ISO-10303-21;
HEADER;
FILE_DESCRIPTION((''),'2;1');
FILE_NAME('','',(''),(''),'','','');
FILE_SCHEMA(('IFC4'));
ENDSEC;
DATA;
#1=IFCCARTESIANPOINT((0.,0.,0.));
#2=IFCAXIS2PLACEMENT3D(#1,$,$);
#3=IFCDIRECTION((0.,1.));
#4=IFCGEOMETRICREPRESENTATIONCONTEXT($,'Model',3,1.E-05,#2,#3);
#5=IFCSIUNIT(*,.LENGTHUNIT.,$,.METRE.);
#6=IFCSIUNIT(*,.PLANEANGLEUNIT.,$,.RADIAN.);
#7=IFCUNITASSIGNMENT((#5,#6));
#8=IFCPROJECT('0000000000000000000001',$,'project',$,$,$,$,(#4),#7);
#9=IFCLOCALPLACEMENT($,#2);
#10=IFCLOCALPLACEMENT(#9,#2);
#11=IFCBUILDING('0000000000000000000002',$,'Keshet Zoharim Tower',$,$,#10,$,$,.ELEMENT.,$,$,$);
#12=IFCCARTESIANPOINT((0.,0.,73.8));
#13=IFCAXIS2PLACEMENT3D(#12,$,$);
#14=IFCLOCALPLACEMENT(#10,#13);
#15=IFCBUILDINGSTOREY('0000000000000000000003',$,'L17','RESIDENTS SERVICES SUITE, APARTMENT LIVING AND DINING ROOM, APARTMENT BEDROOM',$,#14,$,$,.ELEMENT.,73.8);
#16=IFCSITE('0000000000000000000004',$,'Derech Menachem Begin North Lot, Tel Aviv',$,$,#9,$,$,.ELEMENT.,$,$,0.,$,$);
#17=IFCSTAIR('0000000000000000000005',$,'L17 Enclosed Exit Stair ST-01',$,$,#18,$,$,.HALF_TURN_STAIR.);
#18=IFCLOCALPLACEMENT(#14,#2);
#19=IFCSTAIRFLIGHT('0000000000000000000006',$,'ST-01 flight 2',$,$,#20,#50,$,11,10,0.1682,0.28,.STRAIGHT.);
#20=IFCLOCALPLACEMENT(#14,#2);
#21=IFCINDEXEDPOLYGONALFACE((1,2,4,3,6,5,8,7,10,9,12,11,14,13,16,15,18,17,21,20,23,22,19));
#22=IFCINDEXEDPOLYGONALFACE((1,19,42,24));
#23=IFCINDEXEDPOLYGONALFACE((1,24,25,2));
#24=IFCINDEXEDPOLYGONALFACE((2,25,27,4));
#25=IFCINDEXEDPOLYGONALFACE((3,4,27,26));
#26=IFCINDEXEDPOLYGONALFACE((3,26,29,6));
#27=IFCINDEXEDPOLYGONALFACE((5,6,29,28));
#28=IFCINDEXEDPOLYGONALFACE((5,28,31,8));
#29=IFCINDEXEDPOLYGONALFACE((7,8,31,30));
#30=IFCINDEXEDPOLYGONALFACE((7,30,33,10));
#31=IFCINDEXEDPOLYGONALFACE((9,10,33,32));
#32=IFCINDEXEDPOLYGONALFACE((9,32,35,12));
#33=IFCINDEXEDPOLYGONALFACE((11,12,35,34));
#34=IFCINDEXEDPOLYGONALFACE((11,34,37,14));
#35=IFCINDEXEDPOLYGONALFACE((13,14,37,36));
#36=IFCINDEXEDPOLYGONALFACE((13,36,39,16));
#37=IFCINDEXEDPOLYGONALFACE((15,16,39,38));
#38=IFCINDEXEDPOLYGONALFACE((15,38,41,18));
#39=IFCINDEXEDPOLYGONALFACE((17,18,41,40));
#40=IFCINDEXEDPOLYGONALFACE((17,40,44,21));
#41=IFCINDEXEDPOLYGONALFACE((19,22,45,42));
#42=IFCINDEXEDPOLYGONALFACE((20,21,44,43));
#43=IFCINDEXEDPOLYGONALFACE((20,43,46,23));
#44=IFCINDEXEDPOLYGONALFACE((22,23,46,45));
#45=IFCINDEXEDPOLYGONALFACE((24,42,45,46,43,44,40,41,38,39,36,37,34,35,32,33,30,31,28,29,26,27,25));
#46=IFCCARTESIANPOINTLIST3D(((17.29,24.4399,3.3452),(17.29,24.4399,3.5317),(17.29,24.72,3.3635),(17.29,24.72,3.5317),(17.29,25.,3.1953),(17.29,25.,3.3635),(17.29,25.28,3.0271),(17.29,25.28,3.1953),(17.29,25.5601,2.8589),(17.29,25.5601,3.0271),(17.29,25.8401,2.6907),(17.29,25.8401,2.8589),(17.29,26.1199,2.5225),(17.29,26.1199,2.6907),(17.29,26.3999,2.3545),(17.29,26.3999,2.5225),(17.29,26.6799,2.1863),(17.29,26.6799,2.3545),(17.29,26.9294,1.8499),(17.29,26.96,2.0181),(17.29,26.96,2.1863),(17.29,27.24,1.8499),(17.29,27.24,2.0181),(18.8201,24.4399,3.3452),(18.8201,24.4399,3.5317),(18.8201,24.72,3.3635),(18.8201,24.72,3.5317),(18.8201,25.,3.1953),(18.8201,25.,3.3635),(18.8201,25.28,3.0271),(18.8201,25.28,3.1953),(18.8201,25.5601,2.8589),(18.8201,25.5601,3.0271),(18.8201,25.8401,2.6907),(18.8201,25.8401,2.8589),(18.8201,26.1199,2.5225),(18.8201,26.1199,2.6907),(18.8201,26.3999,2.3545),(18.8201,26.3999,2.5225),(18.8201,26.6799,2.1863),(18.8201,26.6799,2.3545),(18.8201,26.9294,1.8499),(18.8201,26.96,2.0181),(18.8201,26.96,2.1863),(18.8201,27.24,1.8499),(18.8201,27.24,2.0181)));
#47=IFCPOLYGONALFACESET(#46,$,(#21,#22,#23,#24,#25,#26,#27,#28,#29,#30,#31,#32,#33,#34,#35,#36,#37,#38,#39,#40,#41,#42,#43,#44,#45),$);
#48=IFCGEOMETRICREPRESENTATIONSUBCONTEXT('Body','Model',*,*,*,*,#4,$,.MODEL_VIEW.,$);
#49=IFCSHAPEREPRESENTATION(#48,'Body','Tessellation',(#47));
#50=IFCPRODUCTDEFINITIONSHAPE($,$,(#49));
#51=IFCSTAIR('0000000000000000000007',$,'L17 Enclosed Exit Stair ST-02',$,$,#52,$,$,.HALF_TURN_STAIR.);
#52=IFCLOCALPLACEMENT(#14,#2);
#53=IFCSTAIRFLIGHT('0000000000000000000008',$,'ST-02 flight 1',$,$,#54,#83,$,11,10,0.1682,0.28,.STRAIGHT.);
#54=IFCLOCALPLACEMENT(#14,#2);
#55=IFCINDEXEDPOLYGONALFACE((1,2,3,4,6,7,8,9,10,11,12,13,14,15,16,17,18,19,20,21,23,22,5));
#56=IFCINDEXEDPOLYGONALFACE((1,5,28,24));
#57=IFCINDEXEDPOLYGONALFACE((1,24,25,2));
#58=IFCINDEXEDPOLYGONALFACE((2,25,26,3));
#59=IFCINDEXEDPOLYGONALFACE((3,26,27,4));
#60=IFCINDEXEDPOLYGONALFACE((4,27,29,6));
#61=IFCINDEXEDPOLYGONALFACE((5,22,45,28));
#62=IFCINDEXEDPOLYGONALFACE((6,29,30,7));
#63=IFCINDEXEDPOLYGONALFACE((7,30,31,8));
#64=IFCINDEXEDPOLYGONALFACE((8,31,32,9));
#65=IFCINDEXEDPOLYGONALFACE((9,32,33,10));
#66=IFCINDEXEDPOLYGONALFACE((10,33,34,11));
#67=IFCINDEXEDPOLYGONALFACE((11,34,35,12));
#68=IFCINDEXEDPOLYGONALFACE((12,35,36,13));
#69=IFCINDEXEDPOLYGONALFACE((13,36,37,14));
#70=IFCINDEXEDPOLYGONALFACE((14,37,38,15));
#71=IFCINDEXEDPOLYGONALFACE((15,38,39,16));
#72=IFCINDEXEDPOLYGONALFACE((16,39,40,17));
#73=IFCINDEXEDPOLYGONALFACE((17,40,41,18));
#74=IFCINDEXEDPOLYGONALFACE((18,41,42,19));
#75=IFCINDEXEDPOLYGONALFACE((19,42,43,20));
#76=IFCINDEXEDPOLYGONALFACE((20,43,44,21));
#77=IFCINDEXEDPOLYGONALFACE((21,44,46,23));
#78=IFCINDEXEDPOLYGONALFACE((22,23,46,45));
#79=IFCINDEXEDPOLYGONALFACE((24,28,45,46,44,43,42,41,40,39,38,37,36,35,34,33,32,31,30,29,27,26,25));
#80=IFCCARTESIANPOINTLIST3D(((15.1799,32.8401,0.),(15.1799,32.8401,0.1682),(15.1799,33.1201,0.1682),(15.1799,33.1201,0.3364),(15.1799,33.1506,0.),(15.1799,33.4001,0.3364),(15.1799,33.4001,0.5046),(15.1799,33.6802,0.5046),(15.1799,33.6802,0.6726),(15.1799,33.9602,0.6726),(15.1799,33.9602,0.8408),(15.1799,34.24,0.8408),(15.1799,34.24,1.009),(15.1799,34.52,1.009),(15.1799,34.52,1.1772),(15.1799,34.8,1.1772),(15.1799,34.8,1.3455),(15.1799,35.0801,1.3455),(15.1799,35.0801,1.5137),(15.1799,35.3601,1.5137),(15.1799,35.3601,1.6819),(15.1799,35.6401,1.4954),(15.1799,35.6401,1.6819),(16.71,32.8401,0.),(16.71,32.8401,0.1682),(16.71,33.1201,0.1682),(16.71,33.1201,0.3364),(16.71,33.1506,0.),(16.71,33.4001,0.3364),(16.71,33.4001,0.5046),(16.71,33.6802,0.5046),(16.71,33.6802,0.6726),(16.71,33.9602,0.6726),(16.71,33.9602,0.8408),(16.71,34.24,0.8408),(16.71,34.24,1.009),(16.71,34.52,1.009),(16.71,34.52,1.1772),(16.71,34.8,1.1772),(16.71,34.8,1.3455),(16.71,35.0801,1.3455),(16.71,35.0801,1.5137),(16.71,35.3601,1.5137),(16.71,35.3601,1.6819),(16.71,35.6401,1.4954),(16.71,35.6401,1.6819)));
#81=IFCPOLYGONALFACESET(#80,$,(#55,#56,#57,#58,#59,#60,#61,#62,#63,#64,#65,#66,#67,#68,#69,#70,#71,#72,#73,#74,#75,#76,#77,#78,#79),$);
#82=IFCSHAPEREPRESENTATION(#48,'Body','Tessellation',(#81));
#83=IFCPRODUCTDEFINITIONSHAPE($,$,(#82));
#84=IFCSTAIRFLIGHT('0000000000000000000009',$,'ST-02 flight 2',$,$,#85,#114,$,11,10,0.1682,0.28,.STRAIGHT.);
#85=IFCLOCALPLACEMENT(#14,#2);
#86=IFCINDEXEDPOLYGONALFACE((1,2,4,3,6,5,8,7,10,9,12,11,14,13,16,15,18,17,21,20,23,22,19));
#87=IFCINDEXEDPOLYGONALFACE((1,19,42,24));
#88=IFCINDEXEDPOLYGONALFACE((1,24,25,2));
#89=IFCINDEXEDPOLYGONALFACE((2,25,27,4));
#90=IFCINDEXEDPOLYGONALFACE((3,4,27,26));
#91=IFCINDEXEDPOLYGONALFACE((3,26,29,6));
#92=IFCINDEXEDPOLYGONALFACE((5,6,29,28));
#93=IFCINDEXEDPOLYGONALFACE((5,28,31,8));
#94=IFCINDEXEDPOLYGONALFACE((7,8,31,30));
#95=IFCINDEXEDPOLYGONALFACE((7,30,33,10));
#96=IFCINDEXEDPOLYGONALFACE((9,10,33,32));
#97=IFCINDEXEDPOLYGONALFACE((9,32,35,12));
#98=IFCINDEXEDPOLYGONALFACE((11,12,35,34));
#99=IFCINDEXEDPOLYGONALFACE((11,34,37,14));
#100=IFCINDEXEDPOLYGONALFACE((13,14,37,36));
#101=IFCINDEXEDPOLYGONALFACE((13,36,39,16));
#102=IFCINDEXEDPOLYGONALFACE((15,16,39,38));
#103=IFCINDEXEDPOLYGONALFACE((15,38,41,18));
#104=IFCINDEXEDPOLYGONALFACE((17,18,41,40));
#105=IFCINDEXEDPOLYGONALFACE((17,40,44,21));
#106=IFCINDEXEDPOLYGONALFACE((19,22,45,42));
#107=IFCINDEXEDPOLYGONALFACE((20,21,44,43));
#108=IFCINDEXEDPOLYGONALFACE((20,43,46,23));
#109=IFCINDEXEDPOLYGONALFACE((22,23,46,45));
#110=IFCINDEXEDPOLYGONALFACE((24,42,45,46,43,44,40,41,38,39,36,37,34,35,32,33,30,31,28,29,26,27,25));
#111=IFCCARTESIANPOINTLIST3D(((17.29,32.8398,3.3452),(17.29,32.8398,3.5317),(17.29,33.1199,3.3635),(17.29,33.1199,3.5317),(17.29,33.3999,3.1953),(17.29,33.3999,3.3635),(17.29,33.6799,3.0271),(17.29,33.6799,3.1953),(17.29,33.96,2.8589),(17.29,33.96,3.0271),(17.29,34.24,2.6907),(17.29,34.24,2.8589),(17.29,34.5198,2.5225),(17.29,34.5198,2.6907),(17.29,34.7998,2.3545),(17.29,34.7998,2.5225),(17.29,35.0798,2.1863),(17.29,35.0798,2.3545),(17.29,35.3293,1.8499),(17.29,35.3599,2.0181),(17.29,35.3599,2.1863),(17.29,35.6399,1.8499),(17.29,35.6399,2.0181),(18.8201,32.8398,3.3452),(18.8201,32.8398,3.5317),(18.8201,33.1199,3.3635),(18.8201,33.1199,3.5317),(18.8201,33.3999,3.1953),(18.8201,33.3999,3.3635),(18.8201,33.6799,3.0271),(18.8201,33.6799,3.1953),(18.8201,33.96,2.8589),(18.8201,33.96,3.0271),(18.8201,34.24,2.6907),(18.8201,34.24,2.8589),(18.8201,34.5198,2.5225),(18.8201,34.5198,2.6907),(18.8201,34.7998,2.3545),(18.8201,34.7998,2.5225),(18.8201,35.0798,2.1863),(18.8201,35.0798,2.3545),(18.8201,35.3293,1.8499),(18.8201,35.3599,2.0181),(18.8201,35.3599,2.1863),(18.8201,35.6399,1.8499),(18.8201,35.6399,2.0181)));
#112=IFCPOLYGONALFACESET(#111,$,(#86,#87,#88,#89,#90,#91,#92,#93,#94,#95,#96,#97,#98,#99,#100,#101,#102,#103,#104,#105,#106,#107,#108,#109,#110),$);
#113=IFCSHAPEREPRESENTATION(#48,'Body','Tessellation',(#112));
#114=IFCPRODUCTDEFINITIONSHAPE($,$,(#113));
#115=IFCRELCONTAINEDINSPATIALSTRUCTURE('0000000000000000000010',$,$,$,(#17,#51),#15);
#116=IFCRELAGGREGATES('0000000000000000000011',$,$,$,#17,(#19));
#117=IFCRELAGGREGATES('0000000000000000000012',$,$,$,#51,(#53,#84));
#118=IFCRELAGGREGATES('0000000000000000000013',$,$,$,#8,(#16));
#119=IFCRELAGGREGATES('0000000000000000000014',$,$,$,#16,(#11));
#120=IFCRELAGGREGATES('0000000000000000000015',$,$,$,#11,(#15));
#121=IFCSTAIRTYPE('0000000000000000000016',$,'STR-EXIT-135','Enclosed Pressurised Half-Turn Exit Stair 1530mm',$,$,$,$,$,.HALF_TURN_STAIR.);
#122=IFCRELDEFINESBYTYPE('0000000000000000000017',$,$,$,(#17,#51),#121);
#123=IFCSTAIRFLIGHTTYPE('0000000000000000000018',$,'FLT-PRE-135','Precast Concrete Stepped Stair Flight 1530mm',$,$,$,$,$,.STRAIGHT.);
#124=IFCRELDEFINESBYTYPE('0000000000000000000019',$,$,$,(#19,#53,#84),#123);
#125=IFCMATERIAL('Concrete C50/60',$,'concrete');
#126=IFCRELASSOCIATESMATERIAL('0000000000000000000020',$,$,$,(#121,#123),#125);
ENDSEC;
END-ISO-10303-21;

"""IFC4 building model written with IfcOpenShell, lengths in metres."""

from ifc_helpers import new_model, si_unit, direction, frame, origin, place, context, subcontext, project, spatial, polyline, outline, extrude, material, type_object, element, aggregate, save


model = new_model("IFC4")

# Units and contexts
model_context = context("Model", 3, precision=1e-05, world=origin(), true_north=direction((0.0, 1.0)))
body_context = subcontext(model_context, "Body", "Model", "MODEL_VIEW")
ifc_project = project(units=[si_unit("LENGTHUNIT", "METRE"), si_unit("PLANEANGLEUNIT", "RADIAN")], contexts=[model_context])

# Site, building, storey
site_placement = place(None, origin())
site = spatial("IfcSite", under=ifc_project, at=site_placement, Name="Derech Menachem Begin North Lot, Tel Aviv", CompositionType="ELEMENT", RefElevation=0.0)
building_placement = place(site_placement, origin())
building = spatial("IfcBuilding", under=site, at=building_placement, Name="Keshet Zoharim Tower", CompositionType="ELEMENT")
storey_placement = place(building_placement, frame((0.0, 0.0, 73.8)))
storey = spatial("IfcBuildingStorey", under=building, at=storey_placement, Name="L17", Description="RESIDENTS SERVICES SUITE, APARTMENT LIVING AND DINING ROOM, APARTMENT BEDROOM", CompositionType="ELEMENT", Elevation=73.8)

# Stair, stair flight
ifc_material_1 = material(Name="Concrete C50/60", Category="concrete")
stair_type = type_object("IfcStairType", Name="STR-EXIT-135", Description="Enclosed Pressurised Half-Turn Exit Stair 1530mm", PredefinedType="HALF_TURN_STAIR", material=ifc_material_1)
stair_1_placement = place(storey_placement, origin())
stair_1 = element("IfcStair", 1, at=stair_1_placement, inside=storey, type_object=stair_type, Name="L17 Enclosed Exit Stair ST-01", PredefinedType="HALF_TURN_STAIR")
stair_flight_type = type_object("IfcStairFlightType", Name="FLT-PRE-135", Description="Precast Concrete Stepped Stair Flight 1530mm", PredefinedType="STRAIGHT", material=ifc_material_1)
stair_flight_1_placement = place(storey_placement, frame((18.0549, 27.24, 1.8499), z_axis=(0.0, 0.0, 1.0), x_axis=(0.0, -1.0, 0.0)))
stair_flight_1 = element("IfcStairFlight", 2, at=stair_flight_1_placement, type_object=stair_flight_type, Name="ST-01 flight 2", NumberOfRisers=11, NumberOfTreads=10, PredefinedType="STRAIGHT", RiserHeight=0.1682, TreadLength=0.28, context=body_context, shape_type="SweptSolid", body=[
    extrude(outline(polyline([(0.0, 0.0), (0.0, 0.1682), (0.28, 0.1682), (0.28, 0.3364), (0.5601, 0.3364), (0.5601, 0.5046), (0.8401, 0.5046), (0.8401, 0.6726), (1.1201, 0.6726), (1.1201, 0.8408), (1.3999, 0.8408), (1.3999, 1.009), (1.6799, 1.009), (1.6799, 1.1772), (1.96, 1.1772), (1.96, 1.3455), (2.24, 1.3455), (2.24, 1.5137), (2.52, 1.5137), (2.52, 1.6819), (2.8, 1.6819), (2.8, 1.8501), (2.8, 1.4954), (0.3105, 0.0), (0.0, 0.0)])), frame((0.0, 0.7651, 0.0), z_axis=(0.0, -1.0, 0.0), x_axis=(1.0, 0.0, 0.0)), (0.0, 0.0, 1.0), 1.53),
])
aggregate(stair_1, [stair_flight_1])

# Stair, stair flights
stair_2_placement = place(storey_placement, origin())
stair_2 = element("IfcStair", 3, at=stair_2_placement, inside=storey, type_object=stair_type, Name="L17 Enclosed Exit Stair ST-02", PredefinedType="HALF_TURN_STAIR")
stair_flight_2_placement = place(storey_placement, frame((15.9451, 32.8401, 0.0), z_axis=(0.0, 0.0, 1.0), x_axis=(0.0, 1.0, 0.0)))
stair_flight_2 = element("IfcStairFlight", 4, at=stair_flight_2_placement, type_object=stair_flight_type, Name="ST-02 flight 1", NumberOfRisers=11, NumberOfTreads=10, PredefinedType="STRAIGHT", RiserHeight=0.1682, TreadLength=0.28, context=body_context, shape_type="SweptSolid", body=[
    extrude(outline(polyline([(0.0, 0.0), (0.0, 0.1682), (0.28, 0.1682), (0.28, 0.3364), (0.5601, 0.3364), (0.5601, 0.5046), (0.8401, 0.5046), (0.8401, 0.6726), (1.1201, 0.6726), (1.1201, 0.8408), (1.3999, 0.8408), (1.3999, 1.009), (1.6799, 1.009), (1.6799, 1.1772), (1.96, 1.1772), (1.96, 1.3455), (2.24, 1.3455), (2.24, 1.5137), (2.52, 1.5137), (2.52, 1.6819), (2.8, 1.6819), (2.8, 1.8501), (2.8, 1.4954), (0.3105, 0.0), (0.0, 0.0)])), frame((0.0, 0.7651, 0.0), z_axis=(0.0, -1.0, 0.0), x_axis=(1.0, 0.0, 0.0)), (0.0, 0.0, 1.0), 1.53),
])
stair_flight_3_placement = place(storey_placement, frame((18.0549, 35.6399, 1.8499), z_axis=(0.0, 0.0, 1.0), x_axis=(0.0, -1.0, 0.0)))
stair_flight_3 = element("IfcStairFlight", 5, at=stair_flight_3_placement, type_object=stair_flight_type, Name="ST-02 flight 2", NumberOfRisers=11, NumberOfTreads=10, PredefinedType="STRAIGHT", RiserHeight=0.1682, TreadLength=0.28, context=body_context, shape_type="SweptSolid", body=[
    extrude(outline(polyline([(0.0, 0.0), (0.0, 0.1682), (0.28, 0.1682), (0.28, 0.3364), (0.5601, 0.3364), (0.5601, 0.5046), (0.8401, 0.5046), (0.8401, 0.6726), (1.1201, 0.6726), (1.1201, 0.8408), (1.3999, 0.8408), (1.3999, 1.009), (1.6799, 1.009), (1.6799, 1.1772), (1.96, 1.1772), (1.96, 1.3455), (2.24, 1.3455), (2.24, 1.5137), (2.52, 1.5137), (2.52, 1.6819), (2.8, 1.6819), (2.8, 1.8501), (2.8, 1.4954), (0.3105, 0.0), (0.0, 0.0)])), frame((0.0, 0.7651, 0.0), z_axis=(0.0, -1.0, 0.0), x_axis=(1.0, 0.0, 0.0)), (0.0, 0.0, 1.0), 1.53),
])
aggregate(stair_2, [stair_flight_2, stair_flight_3])

save(model, "model.ifc")
